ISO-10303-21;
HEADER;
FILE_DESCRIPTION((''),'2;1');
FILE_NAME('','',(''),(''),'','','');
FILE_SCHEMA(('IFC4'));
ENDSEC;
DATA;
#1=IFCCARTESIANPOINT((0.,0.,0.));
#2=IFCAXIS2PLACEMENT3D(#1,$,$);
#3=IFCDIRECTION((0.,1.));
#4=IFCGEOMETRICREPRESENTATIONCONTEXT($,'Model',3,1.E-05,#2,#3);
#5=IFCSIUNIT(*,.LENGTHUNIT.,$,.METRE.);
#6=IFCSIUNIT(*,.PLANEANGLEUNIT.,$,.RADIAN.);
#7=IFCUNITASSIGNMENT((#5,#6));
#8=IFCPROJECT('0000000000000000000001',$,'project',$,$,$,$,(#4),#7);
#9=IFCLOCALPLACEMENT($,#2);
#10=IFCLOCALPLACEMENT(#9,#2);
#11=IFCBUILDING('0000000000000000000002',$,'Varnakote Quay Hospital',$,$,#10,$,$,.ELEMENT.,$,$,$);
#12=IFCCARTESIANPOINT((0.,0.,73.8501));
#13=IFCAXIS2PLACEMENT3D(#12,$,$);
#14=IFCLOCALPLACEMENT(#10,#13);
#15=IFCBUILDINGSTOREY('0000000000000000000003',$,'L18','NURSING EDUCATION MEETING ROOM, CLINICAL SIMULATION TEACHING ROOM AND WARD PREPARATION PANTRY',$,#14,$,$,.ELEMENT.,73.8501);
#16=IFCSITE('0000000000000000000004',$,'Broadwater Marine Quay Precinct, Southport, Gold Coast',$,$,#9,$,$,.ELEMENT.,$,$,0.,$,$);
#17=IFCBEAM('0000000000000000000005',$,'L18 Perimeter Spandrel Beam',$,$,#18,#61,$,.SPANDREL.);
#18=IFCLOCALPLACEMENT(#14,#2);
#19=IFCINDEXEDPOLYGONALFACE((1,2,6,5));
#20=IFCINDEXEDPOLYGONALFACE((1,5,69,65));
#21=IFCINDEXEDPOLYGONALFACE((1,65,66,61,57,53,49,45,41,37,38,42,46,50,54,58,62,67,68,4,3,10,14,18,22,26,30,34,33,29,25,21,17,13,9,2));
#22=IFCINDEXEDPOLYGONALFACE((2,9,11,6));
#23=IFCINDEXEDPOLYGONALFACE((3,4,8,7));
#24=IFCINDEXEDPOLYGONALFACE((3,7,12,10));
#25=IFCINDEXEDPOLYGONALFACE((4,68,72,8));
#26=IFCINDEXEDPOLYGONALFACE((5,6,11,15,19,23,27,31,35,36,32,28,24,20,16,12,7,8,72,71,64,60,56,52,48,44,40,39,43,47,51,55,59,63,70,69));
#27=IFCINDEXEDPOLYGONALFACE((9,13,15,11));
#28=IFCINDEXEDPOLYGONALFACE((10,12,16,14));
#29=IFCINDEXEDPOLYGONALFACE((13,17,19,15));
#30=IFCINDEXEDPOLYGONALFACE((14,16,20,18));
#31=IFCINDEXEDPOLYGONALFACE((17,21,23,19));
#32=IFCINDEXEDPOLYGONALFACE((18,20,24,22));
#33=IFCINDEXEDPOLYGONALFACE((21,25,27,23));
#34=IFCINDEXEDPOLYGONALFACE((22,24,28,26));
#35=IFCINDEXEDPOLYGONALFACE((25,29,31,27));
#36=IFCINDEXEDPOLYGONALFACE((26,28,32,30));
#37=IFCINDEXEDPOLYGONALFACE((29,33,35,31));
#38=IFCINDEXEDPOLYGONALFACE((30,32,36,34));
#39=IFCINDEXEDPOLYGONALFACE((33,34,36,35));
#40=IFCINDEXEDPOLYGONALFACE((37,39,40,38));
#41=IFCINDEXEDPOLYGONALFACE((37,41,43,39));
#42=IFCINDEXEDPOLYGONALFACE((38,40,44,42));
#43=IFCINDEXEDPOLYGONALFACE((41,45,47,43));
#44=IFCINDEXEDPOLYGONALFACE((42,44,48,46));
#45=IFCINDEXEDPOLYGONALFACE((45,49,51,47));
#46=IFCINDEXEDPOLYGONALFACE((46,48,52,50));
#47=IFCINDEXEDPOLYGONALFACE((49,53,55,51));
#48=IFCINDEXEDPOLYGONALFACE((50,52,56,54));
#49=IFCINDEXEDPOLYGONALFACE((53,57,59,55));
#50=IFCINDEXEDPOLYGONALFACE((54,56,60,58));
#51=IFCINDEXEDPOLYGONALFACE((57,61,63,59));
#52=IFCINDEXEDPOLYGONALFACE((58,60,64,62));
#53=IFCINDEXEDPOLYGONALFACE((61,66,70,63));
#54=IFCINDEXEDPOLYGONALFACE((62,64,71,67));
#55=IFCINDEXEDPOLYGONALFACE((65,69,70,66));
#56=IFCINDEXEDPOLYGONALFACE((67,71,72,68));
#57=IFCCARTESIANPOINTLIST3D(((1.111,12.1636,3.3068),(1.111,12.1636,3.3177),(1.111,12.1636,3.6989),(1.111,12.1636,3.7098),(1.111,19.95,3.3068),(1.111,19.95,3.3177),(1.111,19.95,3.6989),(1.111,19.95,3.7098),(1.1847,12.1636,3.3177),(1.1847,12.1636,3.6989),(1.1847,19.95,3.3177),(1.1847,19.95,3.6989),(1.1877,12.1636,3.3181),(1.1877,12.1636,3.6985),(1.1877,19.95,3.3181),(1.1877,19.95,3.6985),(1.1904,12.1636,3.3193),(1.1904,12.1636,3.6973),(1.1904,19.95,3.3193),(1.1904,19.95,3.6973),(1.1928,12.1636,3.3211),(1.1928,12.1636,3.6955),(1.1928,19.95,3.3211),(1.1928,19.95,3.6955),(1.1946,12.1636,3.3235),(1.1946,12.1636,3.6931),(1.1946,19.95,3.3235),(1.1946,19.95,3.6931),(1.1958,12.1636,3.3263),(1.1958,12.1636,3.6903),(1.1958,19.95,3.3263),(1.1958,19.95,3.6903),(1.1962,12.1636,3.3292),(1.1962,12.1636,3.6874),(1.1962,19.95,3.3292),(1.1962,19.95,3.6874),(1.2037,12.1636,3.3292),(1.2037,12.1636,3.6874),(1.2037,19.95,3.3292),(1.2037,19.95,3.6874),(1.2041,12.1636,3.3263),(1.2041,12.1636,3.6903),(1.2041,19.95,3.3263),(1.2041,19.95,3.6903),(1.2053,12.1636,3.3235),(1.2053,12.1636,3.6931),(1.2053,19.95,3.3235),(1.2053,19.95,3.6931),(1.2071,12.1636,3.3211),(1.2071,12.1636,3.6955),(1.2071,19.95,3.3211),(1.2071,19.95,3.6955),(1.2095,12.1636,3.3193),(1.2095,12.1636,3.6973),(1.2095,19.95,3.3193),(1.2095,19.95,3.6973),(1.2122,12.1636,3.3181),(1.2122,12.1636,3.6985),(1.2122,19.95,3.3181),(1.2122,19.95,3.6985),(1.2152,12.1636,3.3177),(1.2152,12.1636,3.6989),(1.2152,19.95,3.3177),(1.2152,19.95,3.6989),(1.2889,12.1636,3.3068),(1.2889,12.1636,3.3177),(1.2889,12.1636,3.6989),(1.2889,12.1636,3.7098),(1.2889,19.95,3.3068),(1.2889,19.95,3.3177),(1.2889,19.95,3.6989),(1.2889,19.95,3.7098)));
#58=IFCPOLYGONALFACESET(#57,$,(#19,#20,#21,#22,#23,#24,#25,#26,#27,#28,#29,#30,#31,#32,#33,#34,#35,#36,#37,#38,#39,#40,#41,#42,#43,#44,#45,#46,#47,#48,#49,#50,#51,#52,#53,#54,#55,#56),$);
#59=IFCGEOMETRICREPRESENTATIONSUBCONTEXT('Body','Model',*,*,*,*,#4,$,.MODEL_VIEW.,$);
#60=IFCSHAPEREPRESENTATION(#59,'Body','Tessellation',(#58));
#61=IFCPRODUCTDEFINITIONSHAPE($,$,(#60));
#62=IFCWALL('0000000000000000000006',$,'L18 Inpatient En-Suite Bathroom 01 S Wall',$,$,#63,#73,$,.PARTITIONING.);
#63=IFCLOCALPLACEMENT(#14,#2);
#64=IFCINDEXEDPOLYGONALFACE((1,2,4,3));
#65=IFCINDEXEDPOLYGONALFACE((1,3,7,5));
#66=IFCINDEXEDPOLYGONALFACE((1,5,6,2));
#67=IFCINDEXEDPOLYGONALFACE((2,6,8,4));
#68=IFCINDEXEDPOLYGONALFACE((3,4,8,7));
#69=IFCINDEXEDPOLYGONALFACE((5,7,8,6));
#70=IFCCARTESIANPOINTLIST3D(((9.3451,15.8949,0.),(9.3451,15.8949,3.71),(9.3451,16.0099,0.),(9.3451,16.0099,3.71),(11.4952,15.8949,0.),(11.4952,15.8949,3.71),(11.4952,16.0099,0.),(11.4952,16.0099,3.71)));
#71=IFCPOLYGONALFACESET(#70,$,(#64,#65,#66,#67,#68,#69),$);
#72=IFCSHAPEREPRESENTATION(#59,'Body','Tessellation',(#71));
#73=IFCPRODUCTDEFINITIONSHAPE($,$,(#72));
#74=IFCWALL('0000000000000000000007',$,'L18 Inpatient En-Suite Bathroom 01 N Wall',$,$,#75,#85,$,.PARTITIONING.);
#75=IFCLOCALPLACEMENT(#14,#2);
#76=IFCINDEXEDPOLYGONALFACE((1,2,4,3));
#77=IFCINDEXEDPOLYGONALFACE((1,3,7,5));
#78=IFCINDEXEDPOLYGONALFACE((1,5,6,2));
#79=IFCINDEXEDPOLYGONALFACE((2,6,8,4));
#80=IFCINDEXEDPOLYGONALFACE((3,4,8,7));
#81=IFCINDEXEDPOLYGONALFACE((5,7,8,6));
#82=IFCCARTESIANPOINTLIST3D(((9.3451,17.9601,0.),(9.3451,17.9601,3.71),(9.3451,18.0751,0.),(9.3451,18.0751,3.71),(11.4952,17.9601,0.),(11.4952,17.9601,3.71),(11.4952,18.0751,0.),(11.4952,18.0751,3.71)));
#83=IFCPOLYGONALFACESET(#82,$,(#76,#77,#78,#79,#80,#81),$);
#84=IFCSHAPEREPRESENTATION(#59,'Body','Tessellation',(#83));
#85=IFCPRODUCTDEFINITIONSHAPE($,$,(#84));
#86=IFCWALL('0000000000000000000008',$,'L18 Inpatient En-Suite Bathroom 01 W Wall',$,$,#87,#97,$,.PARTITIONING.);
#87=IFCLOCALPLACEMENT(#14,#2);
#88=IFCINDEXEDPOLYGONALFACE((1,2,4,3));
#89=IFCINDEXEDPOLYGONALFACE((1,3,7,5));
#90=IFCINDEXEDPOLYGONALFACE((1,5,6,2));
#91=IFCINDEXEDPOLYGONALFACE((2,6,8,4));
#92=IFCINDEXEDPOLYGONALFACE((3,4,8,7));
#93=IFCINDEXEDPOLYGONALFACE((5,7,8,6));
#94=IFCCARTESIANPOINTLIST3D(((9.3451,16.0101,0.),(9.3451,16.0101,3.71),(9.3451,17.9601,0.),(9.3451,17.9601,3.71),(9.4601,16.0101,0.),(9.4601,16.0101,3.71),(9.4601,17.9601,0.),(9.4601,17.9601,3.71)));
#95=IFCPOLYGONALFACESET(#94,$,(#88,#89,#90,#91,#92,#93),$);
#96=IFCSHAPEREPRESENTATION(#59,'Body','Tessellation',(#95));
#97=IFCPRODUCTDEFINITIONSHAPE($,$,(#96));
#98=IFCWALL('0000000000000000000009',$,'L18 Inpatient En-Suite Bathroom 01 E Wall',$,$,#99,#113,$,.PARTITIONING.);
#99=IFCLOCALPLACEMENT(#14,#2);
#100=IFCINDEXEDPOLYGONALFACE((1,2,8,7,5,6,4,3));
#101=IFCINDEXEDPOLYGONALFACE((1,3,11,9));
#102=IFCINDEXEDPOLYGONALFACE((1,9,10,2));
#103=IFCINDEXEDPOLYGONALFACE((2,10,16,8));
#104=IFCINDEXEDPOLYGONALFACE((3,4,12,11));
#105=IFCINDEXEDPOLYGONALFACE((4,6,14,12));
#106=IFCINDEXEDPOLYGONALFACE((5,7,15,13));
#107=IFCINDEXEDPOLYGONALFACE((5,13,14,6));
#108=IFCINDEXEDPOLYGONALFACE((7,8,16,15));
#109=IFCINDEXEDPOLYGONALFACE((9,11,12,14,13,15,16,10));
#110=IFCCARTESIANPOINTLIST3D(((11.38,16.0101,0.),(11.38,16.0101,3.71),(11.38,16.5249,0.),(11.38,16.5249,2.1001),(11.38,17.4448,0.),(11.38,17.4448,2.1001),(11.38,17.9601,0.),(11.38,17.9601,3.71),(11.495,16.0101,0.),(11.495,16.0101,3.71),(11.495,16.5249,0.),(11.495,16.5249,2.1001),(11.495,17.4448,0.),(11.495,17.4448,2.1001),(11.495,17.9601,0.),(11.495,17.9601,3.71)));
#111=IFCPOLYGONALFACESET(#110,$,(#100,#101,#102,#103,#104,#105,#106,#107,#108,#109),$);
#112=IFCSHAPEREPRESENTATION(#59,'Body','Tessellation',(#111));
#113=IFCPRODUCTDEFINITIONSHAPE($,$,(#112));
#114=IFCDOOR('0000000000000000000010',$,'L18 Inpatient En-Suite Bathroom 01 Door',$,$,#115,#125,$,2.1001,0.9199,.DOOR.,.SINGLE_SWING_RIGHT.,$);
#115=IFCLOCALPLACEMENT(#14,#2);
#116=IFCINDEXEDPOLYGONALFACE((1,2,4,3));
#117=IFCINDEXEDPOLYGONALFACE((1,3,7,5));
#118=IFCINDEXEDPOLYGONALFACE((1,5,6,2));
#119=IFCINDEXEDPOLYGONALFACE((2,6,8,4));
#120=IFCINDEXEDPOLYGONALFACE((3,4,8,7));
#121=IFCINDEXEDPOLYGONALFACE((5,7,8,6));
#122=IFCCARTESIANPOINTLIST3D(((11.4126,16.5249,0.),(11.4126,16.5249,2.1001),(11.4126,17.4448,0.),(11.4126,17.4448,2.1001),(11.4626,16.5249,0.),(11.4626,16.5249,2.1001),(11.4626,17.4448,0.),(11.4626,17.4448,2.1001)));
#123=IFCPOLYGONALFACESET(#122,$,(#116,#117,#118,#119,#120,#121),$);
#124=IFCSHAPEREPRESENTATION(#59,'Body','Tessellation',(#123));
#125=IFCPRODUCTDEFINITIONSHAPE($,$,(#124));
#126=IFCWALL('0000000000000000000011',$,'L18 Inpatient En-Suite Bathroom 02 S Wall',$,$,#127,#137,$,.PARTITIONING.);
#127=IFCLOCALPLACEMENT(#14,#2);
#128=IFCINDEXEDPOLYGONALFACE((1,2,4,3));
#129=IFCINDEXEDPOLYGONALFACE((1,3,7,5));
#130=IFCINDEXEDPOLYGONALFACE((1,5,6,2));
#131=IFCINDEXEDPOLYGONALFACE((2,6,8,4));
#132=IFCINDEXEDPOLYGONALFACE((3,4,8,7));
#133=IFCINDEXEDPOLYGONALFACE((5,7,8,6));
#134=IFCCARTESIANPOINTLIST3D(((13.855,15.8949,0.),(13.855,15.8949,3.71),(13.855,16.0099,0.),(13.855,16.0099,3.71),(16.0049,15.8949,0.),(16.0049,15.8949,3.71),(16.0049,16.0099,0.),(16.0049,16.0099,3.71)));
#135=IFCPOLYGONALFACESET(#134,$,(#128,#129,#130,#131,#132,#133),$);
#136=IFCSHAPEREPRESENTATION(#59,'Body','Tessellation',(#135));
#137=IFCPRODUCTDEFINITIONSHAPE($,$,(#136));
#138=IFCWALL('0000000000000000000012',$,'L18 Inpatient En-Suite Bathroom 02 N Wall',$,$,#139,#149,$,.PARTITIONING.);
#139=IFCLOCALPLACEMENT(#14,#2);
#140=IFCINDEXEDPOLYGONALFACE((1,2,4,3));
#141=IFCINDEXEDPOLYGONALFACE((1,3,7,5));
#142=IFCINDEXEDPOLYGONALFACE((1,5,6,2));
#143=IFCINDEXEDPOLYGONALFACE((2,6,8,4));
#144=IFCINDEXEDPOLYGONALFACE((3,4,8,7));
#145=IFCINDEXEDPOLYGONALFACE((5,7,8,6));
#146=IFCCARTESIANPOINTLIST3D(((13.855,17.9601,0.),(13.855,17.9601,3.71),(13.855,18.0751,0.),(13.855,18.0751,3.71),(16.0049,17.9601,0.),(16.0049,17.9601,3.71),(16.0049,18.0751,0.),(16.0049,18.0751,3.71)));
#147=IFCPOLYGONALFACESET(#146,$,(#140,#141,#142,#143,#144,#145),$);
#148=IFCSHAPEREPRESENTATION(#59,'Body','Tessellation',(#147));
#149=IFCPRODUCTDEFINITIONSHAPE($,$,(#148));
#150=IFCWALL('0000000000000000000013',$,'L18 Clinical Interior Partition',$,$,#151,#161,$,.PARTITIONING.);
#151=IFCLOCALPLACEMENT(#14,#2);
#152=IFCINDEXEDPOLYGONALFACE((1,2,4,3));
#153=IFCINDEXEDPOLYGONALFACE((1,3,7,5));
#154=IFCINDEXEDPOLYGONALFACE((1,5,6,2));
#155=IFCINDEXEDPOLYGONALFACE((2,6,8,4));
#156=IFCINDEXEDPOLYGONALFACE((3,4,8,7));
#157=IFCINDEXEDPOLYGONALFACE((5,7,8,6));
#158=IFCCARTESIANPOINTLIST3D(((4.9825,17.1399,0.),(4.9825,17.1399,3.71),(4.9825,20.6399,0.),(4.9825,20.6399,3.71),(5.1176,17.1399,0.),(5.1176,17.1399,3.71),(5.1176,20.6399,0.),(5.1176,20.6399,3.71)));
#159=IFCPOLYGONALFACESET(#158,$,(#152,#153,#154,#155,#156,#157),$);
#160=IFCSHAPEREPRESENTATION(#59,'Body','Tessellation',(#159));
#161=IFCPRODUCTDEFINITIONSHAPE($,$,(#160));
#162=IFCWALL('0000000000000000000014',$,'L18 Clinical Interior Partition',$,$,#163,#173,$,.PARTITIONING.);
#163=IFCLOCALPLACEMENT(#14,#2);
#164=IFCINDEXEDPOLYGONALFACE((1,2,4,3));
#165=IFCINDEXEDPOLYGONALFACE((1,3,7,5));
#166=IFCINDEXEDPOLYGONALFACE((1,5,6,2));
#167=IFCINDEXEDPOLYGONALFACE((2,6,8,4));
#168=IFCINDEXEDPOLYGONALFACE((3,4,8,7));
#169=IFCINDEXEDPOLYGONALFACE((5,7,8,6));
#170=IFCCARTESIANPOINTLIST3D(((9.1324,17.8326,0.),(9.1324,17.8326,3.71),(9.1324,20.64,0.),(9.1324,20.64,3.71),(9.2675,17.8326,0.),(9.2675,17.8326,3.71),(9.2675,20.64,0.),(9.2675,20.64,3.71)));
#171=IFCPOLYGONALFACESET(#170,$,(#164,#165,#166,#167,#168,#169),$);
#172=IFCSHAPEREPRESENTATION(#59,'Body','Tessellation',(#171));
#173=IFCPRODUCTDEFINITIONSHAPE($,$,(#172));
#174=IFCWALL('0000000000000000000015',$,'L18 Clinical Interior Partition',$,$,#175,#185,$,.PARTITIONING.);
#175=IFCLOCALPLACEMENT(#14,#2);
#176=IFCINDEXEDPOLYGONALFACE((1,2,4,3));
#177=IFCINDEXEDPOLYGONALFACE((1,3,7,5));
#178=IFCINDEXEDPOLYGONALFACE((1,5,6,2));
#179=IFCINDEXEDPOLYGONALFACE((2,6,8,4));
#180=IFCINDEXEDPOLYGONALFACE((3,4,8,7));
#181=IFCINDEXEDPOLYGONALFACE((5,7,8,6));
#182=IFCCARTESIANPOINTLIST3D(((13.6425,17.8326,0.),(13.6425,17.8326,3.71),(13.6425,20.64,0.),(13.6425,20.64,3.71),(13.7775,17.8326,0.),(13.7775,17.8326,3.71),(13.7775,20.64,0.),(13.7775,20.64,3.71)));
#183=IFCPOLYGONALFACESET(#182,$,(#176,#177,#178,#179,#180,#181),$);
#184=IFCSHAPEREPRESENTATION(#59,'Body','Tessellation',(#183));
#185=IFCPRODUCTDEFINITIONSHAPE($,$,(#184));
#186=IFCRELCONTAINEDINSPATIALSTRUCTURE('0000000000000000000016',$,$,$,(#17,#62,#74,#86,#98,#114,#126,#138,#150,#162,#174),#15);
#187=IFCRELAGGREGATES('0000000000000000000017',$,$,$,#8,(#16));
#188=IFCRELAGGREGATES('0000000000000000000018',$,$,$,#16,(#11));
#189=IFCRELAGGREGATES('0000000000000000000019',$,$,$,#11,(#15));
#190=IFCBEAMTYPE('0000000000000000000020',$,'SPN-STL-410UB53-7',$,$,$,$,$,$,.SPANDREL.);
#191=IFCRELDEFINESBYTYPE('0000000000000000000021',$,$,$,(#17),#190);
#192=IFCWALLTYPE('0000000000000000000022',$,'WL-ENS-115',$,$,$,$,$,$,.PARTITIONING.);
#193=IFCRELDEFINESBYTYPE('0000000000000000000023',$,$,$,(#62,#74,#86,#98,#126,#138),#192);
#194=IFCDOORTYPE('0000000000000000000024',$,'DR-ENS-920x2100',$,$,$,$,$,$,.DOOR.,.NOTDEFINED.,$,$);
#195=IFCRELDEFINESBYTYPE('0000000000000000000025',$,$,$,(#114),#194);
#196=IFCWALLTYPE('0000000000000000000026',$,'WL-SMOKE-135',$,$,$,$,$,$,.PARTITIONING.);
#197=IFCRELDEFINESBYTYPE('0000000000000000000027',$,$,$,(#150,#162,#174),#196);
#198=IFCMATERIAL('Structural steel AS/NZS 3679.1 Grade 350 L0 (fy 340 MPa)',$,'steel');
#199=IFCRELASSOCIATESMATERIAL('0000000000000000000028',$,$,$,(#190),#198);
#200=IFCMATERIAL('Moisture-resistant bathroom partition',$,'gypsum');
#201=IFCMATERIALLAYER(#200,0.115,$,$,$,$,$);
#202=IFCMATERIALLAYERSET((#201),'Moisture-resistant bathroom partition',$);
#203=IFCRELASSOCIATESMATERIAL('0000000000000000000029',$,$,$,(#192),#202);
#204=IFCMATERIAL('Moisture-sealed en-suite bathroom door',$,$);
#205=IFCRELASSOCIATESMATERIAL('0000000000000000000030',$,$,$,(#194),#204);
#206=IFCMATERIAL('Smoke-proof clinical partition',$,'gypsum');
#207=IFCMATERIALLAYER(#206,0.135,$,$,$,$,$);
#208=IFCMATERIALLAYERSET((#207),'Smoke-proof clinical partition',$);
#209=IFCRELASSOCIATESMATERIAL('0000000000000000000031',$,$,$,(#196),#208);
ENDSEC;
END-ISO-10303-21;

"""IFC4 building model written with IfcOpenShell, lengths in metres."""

from ifc_helpers import new_model, si_unit, direction, frame, frame_2d, origin, origin_2d, place, context, subcontext, project, spatial, rectangle, i_section, extrude, material, layer, layer_set, material_profile, profile_set, type_object, element, fill, save


model = new_model("IFC4")

# Units and contexts
model_context = context("Model", 3, precision=1e-05, world=origin(), true_north=direction((0.0, 1.0)))
body_context = subcontext(model_context, "Body", "Model", "MODEL_VIEW")
ifc_project = project(units=[si_unit("LENGTHUNIT", "METRE"), si_unit("PLANEANGLEUNIT", "RADIAN")], contexts=[model_context])

# Site, building, storey
site_placement = place(None, origin())
site = spatial("IfcSite", under=ifc_project, at=site_placement, Name="Broadwater Marine Quay Precinct, Southport, Gold Coast", CompositionType="ELEMENT", RefElevation=0.0)
building_placement = place(site_placement, origin())
building = spatial("IfcBuilding", under=site, at=building_placement, Name="Varnakote Quay Hospital", CompositionType="ELEMENT")
storey_placement = place(building_placement, frame((0.0, 0.0, 73.8501)))
storey = spatial("IfcBuildingStorey", under=building, at=storey_placement, Name="L18", Description="NURSING EDUCATION MEETING ROOM, CLINICAL SIMULATION TEACHING ROOM AND WARD PREPARATION PANTRY", CompositionType="ELEMENT", Elevation=73.8501)

# Beam
ifc_material_1 = material(Name="Structural steel AS/NZS 3679.1 Grade 350 L0 (fy 340 MPa)", Category="steel")
ifc_material_profile_1 = material_profile(ifc_material_1, i_section(OverallWidth=0.178, OverallDepth=0.4031, WebThickness=0.0076, FlangeThickness=0.011, FilletRadius=0.0115, at=origin_2d()), Name="410UB53.7")
ifc_profile_set_1 = profile_set([ifc_material_profile_1], Name="Structural steel AS/NZS 3679.1 Grade 350 L0 (fy 340 MPa)")
beam_type_1 = type_object("IfcBeamType", Name="SPN-STL-410UB53-7", PredefinedType="SPANDREL", material=ifc_profile_set_1)
beam_1_placement = place(storey_placement, frame((1.2, 12.1636, 3.5083), z_axis=(0.0, 1.0, 0.0), x_axis=(-1.0, 0.0, 0.0)))
element("IfcBeam", 1, at=beam_1_placement, inside=storey, type_object=beam_type_1, Name="L18 Perimeter Spandrel Beam", PredefinedType="SPANDREL", context=body_context, shape_type="SweptSolid", body=[
    extrude(i_section(OverallWidth=0.178, OverallDepth=0.4031, WebThickness=0.0076, FlangeThickness=0.011, FilletRadius=0.0115, at=origin_2d()), origin(), (0.0, 0.0, 1.0), 7.7864),
])

# Walls
ifc_material_2 = material(Name="Moisture-resistant bathroom partition", Category="gypsum")
ifc_layer_1 = layer(ifc_material_2, 0.115)
ifc_layer_set_1 = layer_set([ifc_layer_1], Name="Moisture-resistant bathroom partition")
wall_type_1 = type_object("IfcWallType", Name="WL-ENS-115", PredefinedType="PARTITIONING", material=ifc_layer_set_1)
for number, where, z_axis, x_axis, name in (
    (2, (9.345, 15.9524, 0.0), (0.0, 0.0, 1.0), (1.0, 0.0, 0.0), "L18 Inpatient En-Suite Bathroom 01 S Wall"),
    (3, (9.345, 18.0176, 0.0), (0.0, 0.0, 1.0), (1.0, 0.0, 0.0), "L18 Inpatient En-Suite Bathroom 01 N Wall"),
):
    element("IfcWall", number, at=place(storey_placement, frame(where, z_axis=z_axis, x_axis=x_axis)), inside=storey, type_object=wall_type_1, Name=name, PredefinedType="PARTITIONING", context=body_context, shape_type="SweptSolid", body=[
        extrude(rectangle(XDim=2.1501, YDim=0.115, at=frame_2d((1.0752, 0.0))), origin(), (0.0, 0.0, 1.0), 3.71),
    ])
wall_1_placement = place(storey_placement, frame((9.4026, 16.01, 0.0), z_axis=(0.0, 0.0, 1.0), x_axis=(0.0, 1.0, 0.0)))
element("IfcWall", 4, at=wall_1_placement, inside=storey, type_object=wall_type_1, Name="L18 Inpatient En-Suite Bathroom 01 W Wall", PredefinedType="PARTITIONING", context=body_context, shape_type="SweptSolid", body=[
    extrude(rectangle(XDim=1.95, YDim=0.115, at=frame_2d((0.9751, 0.0))), origin(), (0.0, 0.0, 1.0), 3.71),
])

# Wall, opening, door
wall_2_placement = place(storey_placement, frame((11.4375, 16.01, 0.0), z_axis=(0.0, 0.0, 1.0), x_axis=(0.0, 1.0, 0.0)))
wall_2 = element("IfcWall", 5, at=wall_2_placement, inside=storey, type_object=wall_type_1, Name="L18 Inpatient En-Suite Bathroom 01 E Wall", PredefinedType="PARTITIONING", context=body_context, shape_type="SweptSolid", body=[
    extrude(rectangle(XDim=1.95, YDim=0.115, at=frame_2d((0.9751, 0.0))), origin(), (0.0, 0.0, 1.0), 3.71),
])
opening_1_placement = place(wall_2_placement, frame((0.5149, 0.0, 0.0)))
opening_1 = element("IfcOpeningElement", 6, at=opening_1_placement, cuts=wall_2, PredefinedType="OPENING", context=body_context, shape_type="SweptSolid", body=[
    extrude(rectangle(XDim=0.9199, YDim=2.1001, at=frame_2d((0.46, 1.05))), frame((0.0, 0.0674, 0.0), z_axis=(0.0, -1.0, 0.0), x_axis=(1.0, 0.0, 0.0)), (0.0, 0.0, 1.0), 0.135),
])
ifc_material_3 = material(Name="Moisture-sealed en-suite bathroom door")
door_type_1 = type_object("IfcDoorType", Name="DR-ENS-920x2100", OperationType="NOTDEFINED", PredefinedType="DOOR", material=ifc_material_3)
door_1_placement = place(opening_1_placement, origin())
door_1 = element("IfcDoor", 7, at=door_1_placement, inside=storey, type_object=door_type_1, Name="L18 Inpatient En-Suite Bathroom 01 Door", OperationType="SINGLE_SWING_RIGHT", OverallHeight=2.1001, OverallWidth=0.9199, PredefinedType="DOOR", context=body_context, shape_type="SweptSolid", body=[
    extrude(rectangle(XDim=0.9199, YDim=2.1001, at=frame_2d((0.46, 1.05))), frame((0.0, 0.0249, 0.0), z_axis=(0.0, -1.0, 0.0), x_axis=(1.0, 0.0, 0.0)), (0.0, 0.0, 1.0), 0.05),
])
fill(opening_1, door_1)

# Walls
for number, where, z_axis, x_axis, name in (
    (8, (13.855, 15.9524, 0.0), (0.0, 0.0, 1.0), (1.0, 0.0, 0.0), "L18 Inpatient En-Suite Bathroom 02 S Wall"),
    (9, (13.855, 18.0176, 0.0), (0.0, 0.0, 1.0), (1.0, 0.0, 0.0), "L18 Inpatient En-Suite Bathroom 02 N Wall"),
):
    element("IfcWall", number, at=place(storey_placement, frame(where, z_axis=z_axis, x_axis=x_axis)), inside=storey, type_object=wall_type_1, Name=name, PredefinedType="PARTITIONING", context=body_context, shape_type="SweptSolid", body=[
        extrude(rectangle(XDim=2.1499, YDim=0.115, at=frame_2d((1.075, 0.0))), origin(), (0.0, 0.0, 1.0), 3.71),
    ])
ifc_material_4 = material(Name="Smoke-proof clinical partition", Category="gypsum")
ifc_layer_2 = layer(ifc_material_4, 0.135)
ifc_layer_set_2 = layer_set([ifc_layer_2], Name="Smoke-proof clinical partition")
wall_type_2 = type_object("IfcWallType", Name="WL-SMOKE-135", PredefinedType="PARTITIONING", material=ifc_layer_set_2)
wall_3_placement = place(storey_placement, frame((5.05, 17.1399, 0.0), z_axis=(0.0, 0.0, 1.0), x_axis=(0.0, 1.0, 0.0)))
element("IfcWall", 10, at=wall_3_placement, inside=storey, type_object=wall_type_2, Name="L18 Clinical Interior Partition", PredefinedType="PARTITIONING", context=body_context, shape_type="SweptSolid", body=[
    extrude(rectangle(XDim=3.5, YDim=0.135, at=frame_2d((1.75, 0.0))), origin(), (0.0, 0.0, 1.0), 3.71),
])
for number, where, z_axis, x_axis, name in (
    (11, (9.2, 17.8325, 0.0), (0.0, 0.0, 1.0), (0.0, 1.0, 0.0), "L18 Clinical Interior Partition"),
    (12, (13.71, 17.8325, 0.0), (0.0, 0.0, 1.0), (0.0, 1.0, 0.0), "L18 Clinical Interior Partition"),
):
    element("IfcWall", number, at=place(storey_placement, frame(where, z_axis=z_axis, x_axis=x_axis)), inside=storey, type_object=wall_type_2, Name=name, PredefinedType="PARTITIONING", context=body_context, shape_type="SweptSolid", body=[
        extrude(rectangle(XDim=2.8074, YDim=0.135, at=frame_2d((1.4038, 0.0))), origin(), (0.0, 0.0, 1.0), 3.71),
    ])

save(model, "model.ifc")
